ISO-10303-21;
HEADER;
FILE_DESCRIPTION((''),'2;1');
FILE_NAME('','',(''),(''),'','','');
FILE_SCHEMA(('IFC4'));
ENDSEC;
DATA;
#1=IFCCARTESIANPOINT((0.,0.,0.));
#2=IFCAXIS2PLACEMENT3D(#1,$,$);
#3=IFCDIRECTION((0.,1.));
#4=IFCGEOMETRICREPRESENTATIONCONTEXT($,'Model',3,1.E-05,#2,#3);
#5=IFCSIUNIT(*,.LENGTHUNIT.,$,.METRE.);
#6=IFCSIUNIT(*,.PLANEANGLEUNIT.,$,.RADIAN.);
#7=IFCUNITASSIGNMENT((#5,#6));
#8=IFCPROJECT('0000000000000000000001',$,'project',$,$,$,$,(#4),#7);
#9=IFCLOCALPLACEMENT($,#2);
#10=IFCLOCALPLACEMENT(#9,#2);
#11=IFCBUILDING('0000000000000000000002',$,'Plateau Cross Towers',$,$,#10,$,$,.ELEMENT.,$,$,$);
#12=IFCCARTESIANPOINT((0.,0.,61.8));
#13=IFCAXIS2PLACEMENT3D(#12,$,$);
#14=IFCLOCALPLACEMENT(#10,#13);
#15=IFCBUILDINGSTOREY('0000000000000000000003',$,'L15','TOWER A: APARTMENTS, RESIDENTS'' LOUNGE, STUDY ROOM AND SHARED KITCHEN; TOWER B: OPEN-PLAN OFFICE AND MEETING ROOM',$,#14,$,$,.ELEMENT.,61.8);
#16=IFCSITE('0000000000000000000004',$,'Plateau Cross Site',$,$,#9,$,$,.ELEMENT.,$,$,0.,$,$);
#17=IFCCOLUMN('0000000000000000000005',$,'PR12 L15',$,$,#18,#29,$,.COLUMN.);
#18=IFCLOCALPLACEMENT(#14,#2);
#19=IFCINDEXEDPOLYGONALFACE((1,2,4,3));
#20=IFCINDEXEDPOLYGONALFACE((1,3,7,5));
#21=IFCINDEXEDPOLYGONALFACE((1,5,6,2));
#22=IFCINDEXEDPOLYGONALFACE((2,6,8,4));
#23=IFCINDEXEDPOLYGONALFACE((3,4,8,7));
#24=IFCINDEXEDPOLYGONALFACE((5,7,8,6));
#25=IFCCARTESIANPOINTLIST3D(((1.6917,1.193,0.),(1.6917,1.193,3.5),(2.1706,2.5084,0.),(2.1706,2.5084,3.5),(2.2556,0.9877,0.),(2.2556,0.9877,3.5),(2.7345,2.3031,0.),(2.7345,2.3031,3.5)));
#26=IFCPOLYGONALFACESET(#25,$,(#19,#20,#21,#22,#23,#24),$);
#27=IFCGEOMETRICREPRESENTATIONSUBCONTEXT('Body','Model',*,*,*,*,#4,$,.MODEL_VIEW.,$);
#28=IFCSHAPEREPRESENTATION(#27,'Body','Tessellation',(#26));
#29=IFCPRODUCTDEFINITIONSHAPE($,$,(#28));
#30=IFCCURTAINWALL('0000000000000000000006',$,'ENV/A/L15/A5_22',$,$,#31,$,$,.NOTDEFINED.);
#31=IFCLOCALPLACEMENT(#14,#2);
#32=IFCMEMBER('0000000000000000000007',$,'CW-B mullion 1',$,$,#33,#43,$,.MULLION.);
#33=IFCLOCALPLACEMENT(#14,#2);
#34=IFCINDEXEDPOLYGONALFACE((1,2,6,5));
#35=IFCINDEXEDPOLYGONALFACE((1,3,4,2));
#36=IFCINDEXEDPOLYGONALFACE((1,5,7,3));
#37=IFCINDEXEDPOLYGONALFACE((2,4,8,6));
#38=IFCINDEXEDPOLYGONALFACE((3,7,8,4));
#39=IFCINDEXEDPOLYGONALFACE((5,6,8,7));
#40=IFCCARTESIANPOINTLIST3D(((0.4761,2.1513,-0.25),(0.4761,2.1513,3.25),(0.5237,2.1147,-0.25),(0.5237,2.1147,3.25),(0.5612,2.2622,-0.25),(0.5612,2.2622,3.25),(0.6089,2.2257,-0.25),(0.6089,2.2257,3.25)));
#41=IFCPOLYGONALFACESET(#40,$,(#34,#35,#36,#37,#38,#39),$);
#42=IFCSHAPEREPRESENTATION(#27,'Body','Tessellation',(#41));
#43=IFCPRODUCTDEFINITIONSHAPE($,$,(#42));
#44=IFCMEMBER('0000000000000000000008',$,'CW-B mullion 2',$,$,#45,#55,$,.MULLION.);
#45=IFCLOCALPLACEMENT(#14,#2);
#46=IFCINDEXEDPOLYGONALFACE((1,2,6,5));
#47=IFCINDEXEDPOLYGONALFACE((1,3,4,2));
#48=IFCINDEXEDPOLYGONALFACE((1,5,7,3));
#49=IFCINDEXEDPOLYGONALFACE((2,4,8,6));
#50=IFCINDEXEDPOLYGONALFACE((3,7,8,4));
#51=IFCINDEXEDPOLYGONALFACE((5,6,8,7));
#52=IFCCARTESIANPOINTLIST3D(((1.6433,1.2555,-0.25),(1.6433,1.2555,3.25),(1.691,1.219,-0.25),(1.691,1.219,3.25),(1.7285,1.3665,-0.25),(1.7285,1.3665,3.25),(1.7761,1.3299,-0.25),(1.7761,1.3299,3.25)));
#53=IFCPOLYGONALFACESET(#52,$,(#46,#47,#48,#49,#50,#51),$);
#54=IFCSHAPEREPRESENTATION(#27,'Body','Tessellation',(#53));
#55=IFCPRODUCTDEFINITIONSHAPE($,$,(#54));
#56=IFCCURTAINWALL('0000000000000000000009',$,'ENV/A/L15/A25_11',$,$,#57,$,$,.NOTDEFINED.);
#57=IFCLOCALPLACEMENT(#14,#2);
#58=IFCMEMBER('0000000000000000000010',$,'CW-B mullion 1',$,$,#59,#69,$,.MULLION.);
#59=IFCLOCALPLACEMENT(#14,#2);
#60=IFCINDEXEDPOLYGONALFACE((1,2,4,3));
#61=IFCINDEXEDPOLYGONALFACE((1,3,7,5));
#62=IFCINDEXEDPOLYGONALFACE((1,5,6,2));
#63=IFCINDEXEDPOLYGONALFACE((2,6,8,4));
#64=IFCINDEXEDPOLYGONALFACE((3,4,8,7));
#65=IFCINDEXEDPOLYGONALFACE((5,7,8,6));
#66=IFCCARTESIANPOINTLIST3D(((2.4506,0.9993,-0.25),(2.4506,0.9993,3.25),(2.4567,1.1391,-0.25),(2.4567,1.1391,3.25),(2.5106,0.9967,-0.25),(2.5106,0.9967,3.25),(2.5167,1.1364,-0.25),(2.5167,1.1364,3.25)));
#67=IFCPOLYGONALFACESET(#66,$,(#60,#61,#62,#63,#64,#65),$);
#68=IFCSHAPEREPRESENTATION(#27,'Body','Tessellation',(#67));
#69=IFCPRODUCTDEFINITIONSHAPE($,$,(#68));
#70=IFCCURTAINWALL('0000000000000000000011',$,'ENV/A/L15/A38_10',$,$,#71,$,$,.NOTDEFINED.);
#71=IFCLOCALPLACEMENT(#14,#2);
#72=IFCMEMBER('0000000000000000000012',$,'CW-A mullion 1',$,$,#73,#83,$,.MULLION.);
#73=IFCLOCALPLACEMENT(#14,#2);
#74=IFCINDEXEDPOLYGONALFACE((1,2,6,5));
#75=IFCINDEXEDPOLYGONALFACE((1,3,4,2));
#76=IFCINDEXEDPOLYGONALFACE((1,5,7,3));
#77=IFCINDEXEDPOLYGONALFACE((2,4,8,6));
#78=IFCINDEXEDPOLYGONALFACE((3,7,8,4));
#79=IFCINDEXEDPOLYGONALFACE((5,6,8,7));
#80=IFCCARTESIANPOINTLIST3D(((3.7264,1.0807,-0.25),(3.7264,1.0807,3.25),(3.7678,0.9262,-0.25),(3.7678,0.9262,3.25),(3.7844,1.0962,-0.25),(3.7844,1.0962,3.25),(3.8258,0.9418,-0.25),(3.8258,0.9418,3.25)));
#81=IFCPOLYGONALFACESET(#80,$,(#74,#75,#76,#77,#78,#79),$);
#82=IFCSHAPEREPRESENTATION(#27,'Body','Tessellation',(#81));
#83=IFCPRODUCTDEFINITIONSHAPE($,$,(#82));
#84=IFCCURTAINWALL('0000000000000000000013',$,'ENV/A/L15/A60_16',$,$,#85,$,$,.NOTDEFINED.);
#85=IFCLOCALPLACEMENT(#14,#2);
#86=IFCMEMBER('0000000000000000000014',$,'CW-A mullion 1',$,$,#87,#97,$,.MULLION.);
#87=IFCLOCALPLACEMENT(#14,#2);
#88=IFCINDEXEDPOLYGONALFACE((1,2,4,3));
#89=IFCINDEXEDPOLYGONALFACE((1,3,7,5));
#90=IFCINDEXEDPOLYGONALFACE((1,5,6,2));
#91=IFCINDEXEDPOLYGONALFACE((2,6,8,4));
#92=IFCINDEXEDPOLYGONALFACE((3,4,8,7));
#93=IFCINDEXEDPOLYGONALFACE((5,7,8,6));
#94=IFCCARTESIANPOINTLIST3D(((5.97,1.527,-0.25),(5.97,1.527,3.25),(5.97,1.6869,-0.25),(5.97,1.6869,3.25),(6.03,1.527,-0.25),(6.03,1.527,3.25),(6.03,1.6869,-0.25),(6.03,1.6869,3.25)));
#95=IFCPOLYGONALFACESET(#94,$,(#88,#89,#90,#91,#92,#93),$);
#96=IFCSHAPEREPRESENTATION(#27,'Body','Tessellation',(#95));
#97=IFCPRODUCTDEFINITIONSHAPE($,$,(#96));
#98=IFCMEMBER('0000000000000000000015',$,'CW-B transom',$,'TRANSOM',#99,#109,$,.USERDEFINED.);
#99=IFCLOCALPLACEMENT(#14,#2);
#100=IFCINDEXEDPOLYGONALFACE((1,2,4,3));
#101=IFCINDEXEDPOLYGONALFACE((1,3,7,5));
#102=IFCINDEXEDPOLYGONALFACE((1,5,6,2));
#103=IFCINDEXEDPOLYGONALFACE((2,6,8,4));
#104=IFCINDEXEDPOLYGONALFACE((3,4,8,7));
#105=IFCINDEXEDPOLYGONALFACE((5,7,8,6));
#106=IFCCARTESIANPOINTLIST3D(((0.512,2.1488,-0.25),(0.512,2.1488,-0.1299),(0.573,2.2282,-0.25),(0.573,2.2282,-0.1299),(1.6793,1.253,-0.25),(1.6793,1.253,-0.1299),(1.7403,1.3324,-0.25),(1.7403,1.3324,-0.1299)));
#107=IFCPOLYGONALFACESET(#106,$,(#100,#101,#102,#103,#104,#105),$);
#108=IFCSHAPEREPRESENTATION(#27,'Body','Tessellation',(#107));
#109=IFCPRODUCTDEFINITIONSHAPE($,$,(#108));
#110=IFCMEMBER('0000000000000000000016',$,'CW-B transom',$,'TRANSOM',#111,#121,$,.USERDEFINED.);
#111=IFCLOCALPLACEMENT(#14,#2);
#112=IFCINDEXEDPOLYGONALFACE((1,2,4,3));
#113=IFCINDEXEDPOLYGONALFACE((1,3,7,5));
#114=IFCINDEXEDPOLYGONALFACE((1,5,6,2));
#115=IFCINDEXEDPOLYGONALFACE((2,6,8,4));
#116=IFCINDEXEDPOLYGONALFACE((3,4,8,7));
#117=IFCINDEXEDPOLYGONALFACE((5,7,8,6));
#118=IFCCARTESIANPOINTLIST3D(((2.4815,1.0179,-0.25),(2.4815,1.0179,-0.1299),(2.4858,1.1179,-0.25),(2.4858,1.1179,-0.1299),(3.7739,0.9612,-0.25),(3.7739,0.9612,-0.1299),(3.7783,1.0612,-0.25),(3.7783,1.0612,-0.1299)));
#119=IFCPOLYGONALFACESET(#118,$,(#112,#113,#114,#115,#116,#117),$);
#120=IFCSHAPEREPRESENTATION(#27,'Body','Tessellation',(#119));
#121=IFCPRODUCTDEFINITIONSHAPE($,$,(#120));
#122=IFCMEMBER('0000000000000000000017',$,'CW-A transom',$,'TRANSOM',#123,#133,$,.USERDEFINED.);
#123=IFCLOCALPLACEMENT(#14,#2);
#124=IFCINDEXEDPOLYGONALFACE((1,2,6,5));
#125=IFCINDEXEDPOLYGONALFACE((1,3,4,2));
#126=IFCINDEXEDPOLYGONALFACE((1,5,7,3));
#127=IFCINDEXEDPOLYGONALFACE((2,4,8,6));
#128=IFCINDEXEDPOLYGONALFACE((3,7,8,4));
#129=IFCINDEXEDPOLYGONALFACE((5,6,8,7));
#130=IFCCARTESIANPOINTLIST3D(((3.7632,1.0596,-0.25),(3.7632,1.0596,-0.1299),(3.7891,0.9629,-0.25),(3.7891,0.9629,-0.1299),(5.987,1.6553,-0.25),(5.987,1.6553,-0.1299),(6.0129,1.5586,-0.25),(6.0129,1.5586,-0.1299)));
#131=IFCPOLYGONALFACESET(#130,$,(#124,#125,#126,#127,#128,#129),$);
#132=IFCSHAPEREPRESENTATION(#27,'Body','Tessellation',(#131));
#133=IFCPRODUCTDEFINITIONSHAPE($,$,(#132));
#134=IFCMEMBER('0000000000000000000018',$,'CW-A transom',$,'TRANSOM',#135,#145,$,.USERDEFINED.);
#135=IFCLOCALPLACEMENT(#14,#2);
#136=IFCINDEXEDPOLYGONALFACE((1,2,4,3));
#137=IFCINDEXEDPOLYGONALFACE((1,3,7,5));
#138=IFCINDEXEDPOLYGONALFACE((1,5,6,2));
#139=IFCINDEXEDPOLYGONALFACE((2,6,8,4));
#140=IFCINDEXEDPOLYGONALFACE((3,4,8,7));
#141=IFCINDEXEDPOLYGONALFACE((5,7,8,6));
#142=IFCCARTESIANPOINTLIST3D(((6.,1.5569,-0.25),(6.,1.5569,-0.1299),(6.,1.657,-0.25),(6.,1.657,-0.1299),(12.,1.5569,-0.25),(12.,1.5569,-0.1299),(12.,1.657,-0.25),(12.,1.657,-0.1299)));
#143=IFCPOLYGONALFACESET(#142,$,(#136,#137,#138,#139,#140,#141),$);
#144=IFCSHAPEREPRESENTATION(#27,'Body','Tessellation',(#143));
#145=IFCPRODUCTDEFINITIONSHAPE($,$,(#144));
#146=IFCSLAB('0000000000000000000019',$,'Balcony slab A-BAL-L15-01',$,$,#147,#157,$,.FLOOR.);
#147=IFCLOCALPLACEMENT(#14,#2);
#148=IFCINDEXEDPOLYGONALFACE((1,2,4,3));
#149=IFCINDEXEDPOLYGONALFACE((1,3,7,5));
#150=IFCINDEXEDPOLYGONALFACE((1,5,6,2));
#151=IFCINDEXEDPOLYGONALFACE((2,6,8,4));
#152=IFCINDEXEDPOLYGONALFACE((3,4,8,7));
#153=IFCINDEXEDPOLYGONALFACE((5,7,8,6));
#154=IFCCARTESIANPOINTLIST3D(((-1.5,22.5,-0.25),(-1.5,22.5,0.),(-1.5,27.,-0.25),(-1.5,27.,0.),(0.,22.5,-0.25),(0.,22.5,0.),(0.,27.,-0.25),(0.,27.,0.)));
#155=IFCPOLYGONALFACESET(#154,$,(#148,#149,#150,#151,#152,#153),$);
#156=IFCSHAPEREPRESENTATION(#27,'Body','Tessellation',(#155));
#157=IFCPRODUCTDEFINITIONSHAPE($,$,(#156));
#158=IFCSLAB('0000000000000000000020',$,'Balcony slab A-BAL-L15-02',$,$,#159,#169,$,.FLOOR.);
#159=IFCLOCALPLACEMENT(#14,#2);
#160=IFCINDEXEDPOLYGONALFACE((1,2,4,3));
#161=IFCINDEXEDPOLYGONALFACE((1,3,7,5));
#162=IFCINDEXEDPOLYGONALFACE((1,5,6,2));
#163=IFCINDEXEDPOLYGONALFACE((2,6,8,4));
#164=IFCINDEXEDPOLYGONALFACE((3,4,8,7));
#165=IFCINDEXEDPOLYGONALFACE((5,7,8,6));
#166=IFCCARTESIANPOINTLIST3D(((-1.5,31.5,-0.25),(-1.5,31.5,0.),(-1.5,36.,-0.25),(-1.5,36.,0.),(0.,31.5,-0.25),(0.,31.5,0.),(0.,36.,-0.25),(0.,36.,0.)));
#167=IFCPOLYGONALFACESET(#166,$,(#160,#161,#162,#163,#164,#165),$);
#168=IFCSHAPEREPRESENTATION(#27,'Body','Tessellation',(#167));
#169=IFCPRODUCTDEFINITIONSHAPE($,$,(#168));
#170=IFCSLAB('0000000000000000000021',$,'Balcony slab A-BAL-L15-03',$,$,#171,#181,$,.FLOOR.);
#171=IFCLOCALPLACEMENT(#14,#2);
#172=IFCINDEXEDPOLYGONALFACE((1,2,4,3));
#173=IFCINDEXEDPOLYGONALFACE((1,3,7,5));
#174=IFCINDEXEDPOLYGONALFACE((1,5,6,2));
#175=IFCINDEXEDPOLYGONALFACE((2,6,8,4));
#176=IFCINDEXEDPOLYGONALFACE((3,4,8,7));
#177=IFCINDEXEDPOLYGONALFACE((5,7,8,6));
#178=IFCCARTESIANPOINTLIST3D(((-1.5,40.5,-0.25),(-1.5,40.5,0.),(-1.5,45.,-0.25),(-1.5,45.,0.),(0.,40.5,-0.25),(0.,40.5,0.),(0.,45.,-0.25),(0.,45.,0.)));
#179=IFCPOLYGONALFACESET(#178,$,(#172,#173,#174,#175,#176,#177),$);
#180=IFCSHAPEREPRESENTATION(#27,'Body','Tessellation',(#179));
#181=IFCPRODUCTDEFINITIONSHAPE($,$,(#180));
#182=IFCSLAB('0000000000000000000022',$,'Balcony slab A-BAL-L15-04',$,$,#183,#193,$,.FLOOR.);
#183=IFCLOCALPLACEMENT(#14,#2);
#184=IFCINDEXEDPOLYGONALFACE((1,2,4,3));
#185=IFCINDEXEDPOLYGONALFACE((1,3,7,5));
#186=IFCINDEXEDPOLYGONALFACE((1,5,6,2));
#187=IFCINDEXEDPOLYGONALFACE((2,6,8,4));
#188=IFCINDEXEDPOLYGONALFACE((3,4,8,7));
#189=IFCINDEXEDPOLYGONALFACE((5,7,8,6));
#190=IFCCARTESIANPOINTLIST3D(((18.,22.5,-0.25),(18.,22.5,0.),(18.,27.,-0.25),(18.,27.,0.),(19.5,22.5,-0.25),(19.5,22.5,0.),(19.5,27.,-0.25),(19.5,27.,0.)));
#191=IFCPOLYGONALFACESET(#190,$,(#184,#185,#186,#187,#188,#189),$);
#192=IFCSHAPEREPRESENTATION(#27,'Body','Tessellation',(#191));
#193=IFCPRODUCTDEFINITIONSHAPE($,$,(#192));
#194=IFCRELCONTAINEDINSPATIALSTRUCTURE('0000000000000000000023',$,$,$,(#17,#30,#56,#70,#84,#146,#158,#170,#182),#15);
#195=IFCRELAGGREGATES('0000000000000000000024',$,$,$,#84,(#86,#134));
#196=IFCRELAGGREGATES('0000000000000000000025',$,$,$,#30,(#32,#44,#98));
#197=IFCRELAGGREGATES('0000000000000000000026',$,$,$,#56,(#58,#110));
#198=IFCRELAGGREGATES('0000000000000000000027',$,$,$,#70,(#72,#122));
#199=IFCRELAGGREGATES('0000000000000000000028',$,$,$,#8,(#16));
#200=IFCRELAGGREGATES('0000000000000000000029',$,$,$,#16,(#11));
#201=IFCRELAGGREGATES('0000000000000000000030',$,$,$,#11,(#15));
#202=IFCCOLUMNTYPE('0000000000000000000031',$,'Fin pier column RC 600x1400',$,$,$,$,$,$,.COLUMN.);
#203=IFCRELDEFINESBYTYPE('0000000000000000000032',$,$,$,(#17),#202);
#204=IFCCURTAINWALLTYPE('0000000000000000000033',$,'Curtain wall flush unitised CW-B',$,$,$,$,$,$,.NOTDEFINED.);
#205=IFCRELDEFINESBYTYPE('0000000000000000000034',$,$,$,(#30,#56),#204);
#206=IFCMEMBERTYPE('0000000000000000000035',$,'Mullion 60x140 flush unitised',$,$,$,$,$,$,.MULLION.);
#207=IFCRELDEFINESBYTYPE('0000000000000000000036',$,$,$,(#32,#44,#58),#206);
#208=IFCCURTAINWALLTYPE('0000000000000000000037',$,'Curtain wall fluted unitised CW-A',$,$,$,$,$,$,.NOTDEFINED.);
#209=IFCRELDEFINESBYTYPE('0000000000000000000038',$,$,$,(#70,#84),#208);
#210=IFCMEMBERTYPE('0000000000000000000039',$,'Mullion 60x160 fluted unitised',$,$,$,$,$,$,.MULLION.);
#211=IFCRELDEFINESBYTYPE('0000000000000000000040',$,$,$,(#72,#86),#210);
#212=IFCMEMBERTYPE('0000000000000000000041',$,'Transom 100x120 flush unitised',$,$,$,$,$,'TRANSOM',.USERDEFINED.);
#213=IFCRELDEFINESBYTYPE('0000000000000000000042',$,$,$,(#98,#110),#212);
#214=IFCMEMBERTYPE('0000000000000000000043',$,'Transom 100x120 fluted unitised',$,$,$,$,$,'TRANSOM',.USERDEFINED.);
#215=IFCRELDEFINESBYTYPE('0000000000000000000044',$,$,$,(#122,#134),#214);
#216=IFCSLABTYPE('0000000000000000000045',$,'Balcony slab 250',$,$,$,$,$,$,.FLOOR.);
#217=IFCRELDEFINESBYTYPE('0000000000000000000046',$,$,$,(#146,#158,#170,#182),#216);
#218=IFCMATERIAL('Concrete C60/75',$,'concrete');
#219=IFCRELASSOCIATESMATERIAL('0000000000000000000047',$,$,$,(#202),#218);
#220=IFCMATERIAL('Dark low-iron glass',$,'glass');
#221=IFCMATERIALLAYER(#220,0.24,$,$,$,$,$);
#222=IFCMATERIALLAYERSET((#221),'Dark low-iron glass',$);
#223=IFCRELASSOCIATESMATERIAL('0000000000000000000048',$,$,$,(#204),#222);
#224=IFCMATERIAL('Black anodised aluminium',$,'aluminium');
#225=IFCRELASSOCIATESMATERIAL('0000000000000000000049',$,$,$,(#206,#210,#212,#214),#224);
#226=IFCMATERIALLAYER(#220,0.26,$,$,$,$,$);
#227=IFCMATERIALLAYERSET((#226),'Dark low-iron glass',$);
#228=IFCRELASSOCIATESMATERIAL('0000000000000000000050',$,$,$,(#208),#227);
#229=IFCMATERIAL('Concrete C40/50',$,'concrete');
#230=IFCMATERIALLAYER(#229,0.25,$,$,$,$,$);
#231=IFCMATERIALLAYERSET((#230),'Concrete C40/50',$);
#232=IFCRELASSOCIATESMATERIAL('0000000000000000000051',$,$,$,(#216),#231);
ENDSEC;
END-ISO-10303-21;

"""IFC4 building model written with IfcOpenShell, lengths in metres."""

from ifc_helpers import new_model, si_unit, direction, frame, origin, origin_2d, place, context, subcontext, project, spatial, polyline, rectangle, outline, extrude, material, layer, layer_set, material_profile, profile_set, type_object, element, aggregate, save


model = new_model("IFC4")

# Units and contexts
model_context = context("Model", 3, precision=1e-05, world=origin(), true_north=direction((0.0, 1.0)))
body_context = subcontext(model_context, "Body", "Model", "MODEL_VIEW")
ifc_project = project(units=[si_unit("LENGTHUNIT", "METRE"), si_unit("PLANEANGLEUNIT", "RADIAN")], contexts=[model_context])

# Site, building, storey
site_placement = place(None, origin())
site = spatial("IfcSite", under=ifc_project, at=site_placement, Name="Plateau Cross Site", CompositionType="ELEMENT", RefElevation=0.0)
building_placement = place(site_placement, origin())
building = spatial("IfcBuilding", under=site, at=building_placement, Name="Plateau Cross Towers", CompositionType="ELEMENT")
storey_placement = place(building_placement, frame((0.0, 0.0, 61.8)))
storey = spatial("IfcBuildingStorey", under=building, at=storey_placement, Name="L15", Description="TOWER A: APARTMENTS, RESIDENTS' LOUNGE, STUDY ROOM AND SHARED KITCHEN; TOWER B: OPEN-PLAN OFFICE AND MEETING ROOM", CompositionType="ELEMENT", Elevation=61.8)

# Column
ifc_material_1 = material(Name="Concrete C60/75", Category="concrete")
ifc_material_profile_1 = material_profile(ifc_material_1, rectangle(XDim=0.6001, YDim=1.3999, at=origin_2d()), Name="RC 600x1400")
ifc_profile_set_1 = profile_set([ifc_material_profile_1], Name="Concrete C60/75")
column_type = type_object("IfcColumnType", Name="Fin pier column RC 600x1400", PredefinedType="COLUMN", material=ifc_profile_set_1)
column_placement = place(storey_placement, frame((2.2131, 1.748, 0.0), z_axis=(0.0, 0.0, 1.0), x_axis=(-0.939664, 0.342098, 0.0)))
element("IfcColumn", 1, at=column_placement, inside=storey, type_object=column_type, Name="PR12 L15", PredefinedType="COLUMN", context=body_context, shape_type="SweptSolid", body=[
    extrude(rectangle(XDim=0.6001, YDim=1.3999, at=origin_2d()), origin(), (0.0, 0.0, 1.0), 3.5),
])

# Curtain wall, members
ifc_material_2 = material(Name="Dark low-iron glass", Category="glass")
ifc_layer_1 = layer(ifc_material_2, 0.24)
ifc_layer_set_1 = layer_set([ifc_layer_1], Name="Dark low-iron glass")
curtain_wall_type_1 = type_object("IfcCurtainWallType", Name="Curtain wall flush unitised CW-B", PredefinedType="NOTDEFINED", material=ifc_layer_set_1)
curtain_wall_1_placement = place(storey_placement, origin())
curtain_wall_1 = element("IfcCurtainWall", 2, at=curtain_wall_1_placement, inside=storey, type_object=curtain_wall_type_1, Name="ENV/A/L15/A5_22", PredefinedType="NOTDEFINED")
ifc_material_3 = material(Name="Black anodised aluminium", Category="aluminium")
ifc_material_profile_2 = material_profile(ifc_material_3, rectangle(XDim=0.0601, YDim=0.1399, at=origin_2d()), Name="MULLION 60x140")
ifc_profile_set_2 = profile_set([ifc_material_profile_2], Name="Black anodised aluminium")
member_type_1 = type_object("IfcMemberType", Name="Mullion 60x140 flush unitised", PredefinedType="MULLION", material=ifc_profile_set_2)
member_1_placement = place(storey_placement, frame((0.5425, 2.1885, -0.25), z_axis=(0.0, 0.0, 1.0), x_axis=(0.793316, -0.608811, 0.0)))
member_1 = element("IfcMember", 3, at=member_1_placement, type_object=member_type_1, Name="CW-B mullion 1", PredefinedType="MULLION", context=body_context, shape_type="SweptSolid", body=[
    extrude(rectangle(XDim=0.0601, YDim=0.1399, at=origin_2d()), origin(), (0.0, 0.0, 1.0), 3.5),
])
member_2_placement = place(storey_placement, frame((1.7097, 1.2927, -0.25), z_axis=(0.0, 0.0, 1.0), x_axis=(0.793316, -0.608811, 0.0)))
member_2 = element("IfcMember", 4, at=member_2_placement, type_object=member_type_1, Name="CW-B mullion 2", PredefinedType="MULLION", context=body_context, shape_type="SweptSolid", body=[
    extrude(rectangle(XDim=0.0601, YDim=0.1399, at=origin_2d()), origin(), (0.0, 0.0, 1.0), 3.5),
])

# Curtain walls, members
curtain_wall_2_placement = place(storey_placement, origin())
curtain_wall_2 = element("IfcCurtainWall", 5, at=curtain_wall_2_placement, inside=storey, type_object=curtain_wall_type_1, Name="ENV/A/L15/A25_11", PredefinedType="NOTDEFINED")
member_3_placement = place(storey_placement, frame((2.4836, 1.0679, -0.25), z_axis=(0.0, 0.0, 1.0), x_axis=(0.999044, -0.043723, 0.0)))
member_3 = element("IfcMember", 6, at=member_3_placement, type_object=member_type_1, Name="CW-B mullion 1", PredefinedType="MULLION", context=body_context, shape_type="SweptSolid", body=[
    extrude(rectangle(XDim=0.0601, YDim=0.1399, at=origin_2d()), origin(), (0.0, 0.0, 1.0), 3.5),
])
ifc_layer_2 = layer(ifc_material_2, 0.26)
ifc_layer_set_2 = layer_set([ifc_layer_2], Name="Dark low-iron glass")
curtain_wall_type_2 = type_object("IfcCurtainWallType", Name="Curtain wall fluted unitised CW-A", PredefinedType="NOTDEFINED", material=ifc_layer_set_2)
curtain_wall_3_placement = place(storey_placement, origin())
curtain_wall_3 = element("IfcCurtainWall", 7, at=curtain_wall_3_placement, inside=storey, type_object=curtain_wall_type_2, Name="ENV/A/L15/A38_10", PredefinedType="NOTDEFINED")
ifc_material_profile_3 = material_profile(ifc_material_3, rectangle(XDim=0.0601, YDim=0.1599, at=origin_2d()), Name="MULLION 60x160")
ifc_profile_set_3 = profile_set([ifc_material_profile_3], Name="Black anodised aluminium")
member_type_2 = type_object("IfcMemberType", Name="Mullion 60x160 fluted unitised", PredefinedType="MULLION", material=ifc_profile_set_3)
member_4_placement = place(storey_placement, frame((3.7761, 1.0112, -0.25), z_axis=(0.0, 0.0, 1.0), x_axis=(0.965958, 0.258699, 0.0)))
member_4 = element("IfcMember", 8, at=member_4_placement, type_object=member_type_2, Name="CW-A mullion 1", PredefinedType="MULLION", context=body_context, shape_type="SweptSolid", body=[
    extrude(rectangle(XDim=0.0601, YDim=0.1599, at=origin_2d()), origin(), (0.0, 0.0, 1.0), 3.5),
])
curtain_wall_4_placement = place(storey_placement, origin())
curtain_wall_4 = element("IfcCurtainWall", 9, at=curtain_wall_4_placement, inside=storey, type_object=curtain_wall_type_2, Name="ENV/A/L15/A60_16", PredefinedType="NOTDEFINED")
member_5_placement = place(storey_placement, frame((6.0, 1.6069, -0.25), z_axis=(0.0, 0.0, 1.0), x_axis=(1.0, 0.0, 0.0)))
member_5 = element("IfcMember", 10, at=member_5_placement, type_object=member_type_2, Name="CW-A mullion 1", PredefinedType="MULLION", context=body_context, shape_type="SweptSolid", body=[
    extrude(rectangle(XDim=0.0601, YDim=0.1599, at=origin_2d()), origin(), (0.0, 0.0, 1.0), 3.5),
])

# Members
ifc_material_profile_4 = material_profile(ifc_material_3, rectangle(XDim=0.1001, YDim=0.1201, at=origin_2d()), Name="TRANSOM 100x120")
ifc_profile_set_4 = profile_set([ifc_material_profile_4], Name="Black anodised aluminium")
member_type_3 = type_object("IfcMemberType", Name="Transom 100x120 flush unitised", ElementType="TRANSOM", PredefinedType="USERDEFINED", material=ifc_profile_set_4)
member_6_placement = place(storey_placement, frame((0.5425, 2.1885, -0.1899), z_axis=(0.793321, -0.608804, 0.0), x_axis=(0.608804, 0.793321, 0.0)))
member_6 = element("IfcMember", 11, at=member_6_placement, type_object=member_type_3, Name="CW-B transom", ObjectType="TRANSOM", PredefinedType="USERDEFINED", context=body_context, shape_type="SweptSolid", body=[
    extrude(rectangle(XDim=0.1001, YDim=0.1201, at=origin_2d()), origin(), (0.0, 0.0, 1.0), 1.4714),
])
member_7_placement = place(storey_placement, frame((2.4836, 1.0679, -0.1899), z_axis=(0.999041, -0.043781, 0.0), x_axis=(0.043781, 0.999041, 0.0)))
member_7 = element("IfcMember", 12, at=member_7_placement, type_object=member_type_3, Name="CW-B transom", ObjectType="TRANSOM", PredefinedType="USERDEFINED", context=body_context, shape_type="SweptSolid", body=[
    extrude(rectangle(XDim=0.1001, YDim=0.1201, at=origin_2d()), origin(), (0.0, 0.0, 1.0), 1.2937),
])
ifc_material_profile_5 = material_profile(ifc_material_3, rectangle(XDim=0.1001, YDim=0.1201, at=origin_2d()), Name="TRANSOM 100x120")
ifc_profile_set_5 = profile_set([ifc_material_profile_5], Name="Black anodised aluminium")
member_type_4 = type_object("IfcMemberType", Name="Transom 100x120 fluted unitised", ElementType="TRANSOM", PredefinedType="USERDEFINED", material=ifc_profile_set_5)
member_8_placement = place(storey_placement, frame((3.7761, 1.0112, -0.1899), z_axis=(0.965946, 0.258745, 0.0), x_axis=(-0.258745, 0.965946, 0.0)))
member_8 = element("IfcMember", 13, at=member_8_placement, type_object=member_type_4, Name="CW-A transom", ObjectType="TRANSOM", PredefinedType="USERDEFINED", context=body_context, shape_type="SweptSolid", body=[
    extrude(rectangle(XDim=0.1001, YDim=0.1201, at=origin_2d()), origin(), (0.0, 0.0, 1.0), 2.3022),
])
member_9_placement = place(storey_placement, frame((6.0, 1.6069, -0.1899), z_axis=(1.0, 0.0, 0.0), x_axis=(0.0, 1.0, 0.0)))
member_9 = element("IfcMember", 14, at=member_9_placement, type_object=member_type_4, Name="CW-A transom", ObjectType="TRANSOM", PredefinedType="USERDEFINED", context=body_context, shape_type="SweptSolid", body=[
    extrude(rectangle(XDim=0.1001, YDim=0.1201, at=origin_2d()), origin(), (0.0, 0.0, 1.0), 6.0),
])
aggregate(curtain_wall_4, [member_5, member_9])

# Slabs
ifc_material_4 = material(Name="Concrete C40/50", Category="concrete")
ifc_layer_3 = layer(ifc_material_4, 0.25)
ifc_layer_set_3 = layer_set([ifc_layer_3], Name="Concrete C40/50")
slab_type_1 = type_object("IfcSlabType", Name="Balcony slab 250", PredefinedType="FLOOR", material=ifc_layer_set_3)
slab_1_placement = place(storey_placement, frame((0.0, 0.0, -0.25)))
element("IfcSlab", 15, at=slab_1_placement, inside=storey, type_object=slab_type_1, Name="Balcony slab A-BAL-L15-01", PredefinedType="FLOOR", context=body_context, shape_type="SweptSolid", body=[
    extrude(outline(polyline([(0.0, 22.5), (0.0, 27.0), (-1.5, 27.0), (-1.5, 22.5), (0.0, 22.5)])), origin(), (0.0, 0.0, 1.0), 0.25),
])
slab_2_placement = place(storey_placement, frame((0.0, 0.0, -0.25)))
element("IfcSlab", 16, at=slab_2_placement, inside=storey, type_object=slab_type_1, Name="Balcony slab A-BAL-L15-02", PredefinedType="FLOOR", context=body_context, shape_type="SweptSolid", body=[
    extrude(outline(polyline([(0.0, 31.5), (0.0, 36.0), (-1.5, 36.0), (-1.5, 31.5), (0.0, 31.5)])), origin(), (0.0, 0.0, 1.0), 0.25),
])
slab_3_placement = place(storey_placement, frame((0.0, 0.0, -0.25)))
element("IfcSlab", 17, at=slab_3_placement, inside=storey, type_object=slab_type_1, Name="Balcony slab A-BAL-L15-03", PredefinedType="FLOOR", context=body_context, shape_type="SweptSolid", body=[
    extrude(outline(polyline([(0.0, 40.5), (0.0, 45.0), (-1.5, 45.0), (-1.5, 40.5), (0.0, 40.5)])), origin(), (0.0, 0.0, 1.0), 0.25),
])
slab_4_placement = place(storey_placement, frame((0.0, 0.0, -0.25)))
element("IfcSlab", 18, at=slab_4_placement, inside=storey, type_object=slab_type_1, Name="Balcony slab A-BAL-L15-04", PredefinedType="FLOOR", context=body_context, shape_type="SweptSolid", body=[
    extrude(outline(polyline([(19.5, 22.5), (19.5, 27.0), (18.0, 27.0), (18.0, 22.5), (19.5, 22.5)])), origin(), (0.0, 0.0, 1.0), 0.25),
])

aggregate(curtain_wall_1, [member_1, member_2, member_6])
aggregate(curtain_wall_2, [member_3, member_7])
aggregate(curtain_wall_3, [member_4, member_8])

save(model, "model.ifc")
